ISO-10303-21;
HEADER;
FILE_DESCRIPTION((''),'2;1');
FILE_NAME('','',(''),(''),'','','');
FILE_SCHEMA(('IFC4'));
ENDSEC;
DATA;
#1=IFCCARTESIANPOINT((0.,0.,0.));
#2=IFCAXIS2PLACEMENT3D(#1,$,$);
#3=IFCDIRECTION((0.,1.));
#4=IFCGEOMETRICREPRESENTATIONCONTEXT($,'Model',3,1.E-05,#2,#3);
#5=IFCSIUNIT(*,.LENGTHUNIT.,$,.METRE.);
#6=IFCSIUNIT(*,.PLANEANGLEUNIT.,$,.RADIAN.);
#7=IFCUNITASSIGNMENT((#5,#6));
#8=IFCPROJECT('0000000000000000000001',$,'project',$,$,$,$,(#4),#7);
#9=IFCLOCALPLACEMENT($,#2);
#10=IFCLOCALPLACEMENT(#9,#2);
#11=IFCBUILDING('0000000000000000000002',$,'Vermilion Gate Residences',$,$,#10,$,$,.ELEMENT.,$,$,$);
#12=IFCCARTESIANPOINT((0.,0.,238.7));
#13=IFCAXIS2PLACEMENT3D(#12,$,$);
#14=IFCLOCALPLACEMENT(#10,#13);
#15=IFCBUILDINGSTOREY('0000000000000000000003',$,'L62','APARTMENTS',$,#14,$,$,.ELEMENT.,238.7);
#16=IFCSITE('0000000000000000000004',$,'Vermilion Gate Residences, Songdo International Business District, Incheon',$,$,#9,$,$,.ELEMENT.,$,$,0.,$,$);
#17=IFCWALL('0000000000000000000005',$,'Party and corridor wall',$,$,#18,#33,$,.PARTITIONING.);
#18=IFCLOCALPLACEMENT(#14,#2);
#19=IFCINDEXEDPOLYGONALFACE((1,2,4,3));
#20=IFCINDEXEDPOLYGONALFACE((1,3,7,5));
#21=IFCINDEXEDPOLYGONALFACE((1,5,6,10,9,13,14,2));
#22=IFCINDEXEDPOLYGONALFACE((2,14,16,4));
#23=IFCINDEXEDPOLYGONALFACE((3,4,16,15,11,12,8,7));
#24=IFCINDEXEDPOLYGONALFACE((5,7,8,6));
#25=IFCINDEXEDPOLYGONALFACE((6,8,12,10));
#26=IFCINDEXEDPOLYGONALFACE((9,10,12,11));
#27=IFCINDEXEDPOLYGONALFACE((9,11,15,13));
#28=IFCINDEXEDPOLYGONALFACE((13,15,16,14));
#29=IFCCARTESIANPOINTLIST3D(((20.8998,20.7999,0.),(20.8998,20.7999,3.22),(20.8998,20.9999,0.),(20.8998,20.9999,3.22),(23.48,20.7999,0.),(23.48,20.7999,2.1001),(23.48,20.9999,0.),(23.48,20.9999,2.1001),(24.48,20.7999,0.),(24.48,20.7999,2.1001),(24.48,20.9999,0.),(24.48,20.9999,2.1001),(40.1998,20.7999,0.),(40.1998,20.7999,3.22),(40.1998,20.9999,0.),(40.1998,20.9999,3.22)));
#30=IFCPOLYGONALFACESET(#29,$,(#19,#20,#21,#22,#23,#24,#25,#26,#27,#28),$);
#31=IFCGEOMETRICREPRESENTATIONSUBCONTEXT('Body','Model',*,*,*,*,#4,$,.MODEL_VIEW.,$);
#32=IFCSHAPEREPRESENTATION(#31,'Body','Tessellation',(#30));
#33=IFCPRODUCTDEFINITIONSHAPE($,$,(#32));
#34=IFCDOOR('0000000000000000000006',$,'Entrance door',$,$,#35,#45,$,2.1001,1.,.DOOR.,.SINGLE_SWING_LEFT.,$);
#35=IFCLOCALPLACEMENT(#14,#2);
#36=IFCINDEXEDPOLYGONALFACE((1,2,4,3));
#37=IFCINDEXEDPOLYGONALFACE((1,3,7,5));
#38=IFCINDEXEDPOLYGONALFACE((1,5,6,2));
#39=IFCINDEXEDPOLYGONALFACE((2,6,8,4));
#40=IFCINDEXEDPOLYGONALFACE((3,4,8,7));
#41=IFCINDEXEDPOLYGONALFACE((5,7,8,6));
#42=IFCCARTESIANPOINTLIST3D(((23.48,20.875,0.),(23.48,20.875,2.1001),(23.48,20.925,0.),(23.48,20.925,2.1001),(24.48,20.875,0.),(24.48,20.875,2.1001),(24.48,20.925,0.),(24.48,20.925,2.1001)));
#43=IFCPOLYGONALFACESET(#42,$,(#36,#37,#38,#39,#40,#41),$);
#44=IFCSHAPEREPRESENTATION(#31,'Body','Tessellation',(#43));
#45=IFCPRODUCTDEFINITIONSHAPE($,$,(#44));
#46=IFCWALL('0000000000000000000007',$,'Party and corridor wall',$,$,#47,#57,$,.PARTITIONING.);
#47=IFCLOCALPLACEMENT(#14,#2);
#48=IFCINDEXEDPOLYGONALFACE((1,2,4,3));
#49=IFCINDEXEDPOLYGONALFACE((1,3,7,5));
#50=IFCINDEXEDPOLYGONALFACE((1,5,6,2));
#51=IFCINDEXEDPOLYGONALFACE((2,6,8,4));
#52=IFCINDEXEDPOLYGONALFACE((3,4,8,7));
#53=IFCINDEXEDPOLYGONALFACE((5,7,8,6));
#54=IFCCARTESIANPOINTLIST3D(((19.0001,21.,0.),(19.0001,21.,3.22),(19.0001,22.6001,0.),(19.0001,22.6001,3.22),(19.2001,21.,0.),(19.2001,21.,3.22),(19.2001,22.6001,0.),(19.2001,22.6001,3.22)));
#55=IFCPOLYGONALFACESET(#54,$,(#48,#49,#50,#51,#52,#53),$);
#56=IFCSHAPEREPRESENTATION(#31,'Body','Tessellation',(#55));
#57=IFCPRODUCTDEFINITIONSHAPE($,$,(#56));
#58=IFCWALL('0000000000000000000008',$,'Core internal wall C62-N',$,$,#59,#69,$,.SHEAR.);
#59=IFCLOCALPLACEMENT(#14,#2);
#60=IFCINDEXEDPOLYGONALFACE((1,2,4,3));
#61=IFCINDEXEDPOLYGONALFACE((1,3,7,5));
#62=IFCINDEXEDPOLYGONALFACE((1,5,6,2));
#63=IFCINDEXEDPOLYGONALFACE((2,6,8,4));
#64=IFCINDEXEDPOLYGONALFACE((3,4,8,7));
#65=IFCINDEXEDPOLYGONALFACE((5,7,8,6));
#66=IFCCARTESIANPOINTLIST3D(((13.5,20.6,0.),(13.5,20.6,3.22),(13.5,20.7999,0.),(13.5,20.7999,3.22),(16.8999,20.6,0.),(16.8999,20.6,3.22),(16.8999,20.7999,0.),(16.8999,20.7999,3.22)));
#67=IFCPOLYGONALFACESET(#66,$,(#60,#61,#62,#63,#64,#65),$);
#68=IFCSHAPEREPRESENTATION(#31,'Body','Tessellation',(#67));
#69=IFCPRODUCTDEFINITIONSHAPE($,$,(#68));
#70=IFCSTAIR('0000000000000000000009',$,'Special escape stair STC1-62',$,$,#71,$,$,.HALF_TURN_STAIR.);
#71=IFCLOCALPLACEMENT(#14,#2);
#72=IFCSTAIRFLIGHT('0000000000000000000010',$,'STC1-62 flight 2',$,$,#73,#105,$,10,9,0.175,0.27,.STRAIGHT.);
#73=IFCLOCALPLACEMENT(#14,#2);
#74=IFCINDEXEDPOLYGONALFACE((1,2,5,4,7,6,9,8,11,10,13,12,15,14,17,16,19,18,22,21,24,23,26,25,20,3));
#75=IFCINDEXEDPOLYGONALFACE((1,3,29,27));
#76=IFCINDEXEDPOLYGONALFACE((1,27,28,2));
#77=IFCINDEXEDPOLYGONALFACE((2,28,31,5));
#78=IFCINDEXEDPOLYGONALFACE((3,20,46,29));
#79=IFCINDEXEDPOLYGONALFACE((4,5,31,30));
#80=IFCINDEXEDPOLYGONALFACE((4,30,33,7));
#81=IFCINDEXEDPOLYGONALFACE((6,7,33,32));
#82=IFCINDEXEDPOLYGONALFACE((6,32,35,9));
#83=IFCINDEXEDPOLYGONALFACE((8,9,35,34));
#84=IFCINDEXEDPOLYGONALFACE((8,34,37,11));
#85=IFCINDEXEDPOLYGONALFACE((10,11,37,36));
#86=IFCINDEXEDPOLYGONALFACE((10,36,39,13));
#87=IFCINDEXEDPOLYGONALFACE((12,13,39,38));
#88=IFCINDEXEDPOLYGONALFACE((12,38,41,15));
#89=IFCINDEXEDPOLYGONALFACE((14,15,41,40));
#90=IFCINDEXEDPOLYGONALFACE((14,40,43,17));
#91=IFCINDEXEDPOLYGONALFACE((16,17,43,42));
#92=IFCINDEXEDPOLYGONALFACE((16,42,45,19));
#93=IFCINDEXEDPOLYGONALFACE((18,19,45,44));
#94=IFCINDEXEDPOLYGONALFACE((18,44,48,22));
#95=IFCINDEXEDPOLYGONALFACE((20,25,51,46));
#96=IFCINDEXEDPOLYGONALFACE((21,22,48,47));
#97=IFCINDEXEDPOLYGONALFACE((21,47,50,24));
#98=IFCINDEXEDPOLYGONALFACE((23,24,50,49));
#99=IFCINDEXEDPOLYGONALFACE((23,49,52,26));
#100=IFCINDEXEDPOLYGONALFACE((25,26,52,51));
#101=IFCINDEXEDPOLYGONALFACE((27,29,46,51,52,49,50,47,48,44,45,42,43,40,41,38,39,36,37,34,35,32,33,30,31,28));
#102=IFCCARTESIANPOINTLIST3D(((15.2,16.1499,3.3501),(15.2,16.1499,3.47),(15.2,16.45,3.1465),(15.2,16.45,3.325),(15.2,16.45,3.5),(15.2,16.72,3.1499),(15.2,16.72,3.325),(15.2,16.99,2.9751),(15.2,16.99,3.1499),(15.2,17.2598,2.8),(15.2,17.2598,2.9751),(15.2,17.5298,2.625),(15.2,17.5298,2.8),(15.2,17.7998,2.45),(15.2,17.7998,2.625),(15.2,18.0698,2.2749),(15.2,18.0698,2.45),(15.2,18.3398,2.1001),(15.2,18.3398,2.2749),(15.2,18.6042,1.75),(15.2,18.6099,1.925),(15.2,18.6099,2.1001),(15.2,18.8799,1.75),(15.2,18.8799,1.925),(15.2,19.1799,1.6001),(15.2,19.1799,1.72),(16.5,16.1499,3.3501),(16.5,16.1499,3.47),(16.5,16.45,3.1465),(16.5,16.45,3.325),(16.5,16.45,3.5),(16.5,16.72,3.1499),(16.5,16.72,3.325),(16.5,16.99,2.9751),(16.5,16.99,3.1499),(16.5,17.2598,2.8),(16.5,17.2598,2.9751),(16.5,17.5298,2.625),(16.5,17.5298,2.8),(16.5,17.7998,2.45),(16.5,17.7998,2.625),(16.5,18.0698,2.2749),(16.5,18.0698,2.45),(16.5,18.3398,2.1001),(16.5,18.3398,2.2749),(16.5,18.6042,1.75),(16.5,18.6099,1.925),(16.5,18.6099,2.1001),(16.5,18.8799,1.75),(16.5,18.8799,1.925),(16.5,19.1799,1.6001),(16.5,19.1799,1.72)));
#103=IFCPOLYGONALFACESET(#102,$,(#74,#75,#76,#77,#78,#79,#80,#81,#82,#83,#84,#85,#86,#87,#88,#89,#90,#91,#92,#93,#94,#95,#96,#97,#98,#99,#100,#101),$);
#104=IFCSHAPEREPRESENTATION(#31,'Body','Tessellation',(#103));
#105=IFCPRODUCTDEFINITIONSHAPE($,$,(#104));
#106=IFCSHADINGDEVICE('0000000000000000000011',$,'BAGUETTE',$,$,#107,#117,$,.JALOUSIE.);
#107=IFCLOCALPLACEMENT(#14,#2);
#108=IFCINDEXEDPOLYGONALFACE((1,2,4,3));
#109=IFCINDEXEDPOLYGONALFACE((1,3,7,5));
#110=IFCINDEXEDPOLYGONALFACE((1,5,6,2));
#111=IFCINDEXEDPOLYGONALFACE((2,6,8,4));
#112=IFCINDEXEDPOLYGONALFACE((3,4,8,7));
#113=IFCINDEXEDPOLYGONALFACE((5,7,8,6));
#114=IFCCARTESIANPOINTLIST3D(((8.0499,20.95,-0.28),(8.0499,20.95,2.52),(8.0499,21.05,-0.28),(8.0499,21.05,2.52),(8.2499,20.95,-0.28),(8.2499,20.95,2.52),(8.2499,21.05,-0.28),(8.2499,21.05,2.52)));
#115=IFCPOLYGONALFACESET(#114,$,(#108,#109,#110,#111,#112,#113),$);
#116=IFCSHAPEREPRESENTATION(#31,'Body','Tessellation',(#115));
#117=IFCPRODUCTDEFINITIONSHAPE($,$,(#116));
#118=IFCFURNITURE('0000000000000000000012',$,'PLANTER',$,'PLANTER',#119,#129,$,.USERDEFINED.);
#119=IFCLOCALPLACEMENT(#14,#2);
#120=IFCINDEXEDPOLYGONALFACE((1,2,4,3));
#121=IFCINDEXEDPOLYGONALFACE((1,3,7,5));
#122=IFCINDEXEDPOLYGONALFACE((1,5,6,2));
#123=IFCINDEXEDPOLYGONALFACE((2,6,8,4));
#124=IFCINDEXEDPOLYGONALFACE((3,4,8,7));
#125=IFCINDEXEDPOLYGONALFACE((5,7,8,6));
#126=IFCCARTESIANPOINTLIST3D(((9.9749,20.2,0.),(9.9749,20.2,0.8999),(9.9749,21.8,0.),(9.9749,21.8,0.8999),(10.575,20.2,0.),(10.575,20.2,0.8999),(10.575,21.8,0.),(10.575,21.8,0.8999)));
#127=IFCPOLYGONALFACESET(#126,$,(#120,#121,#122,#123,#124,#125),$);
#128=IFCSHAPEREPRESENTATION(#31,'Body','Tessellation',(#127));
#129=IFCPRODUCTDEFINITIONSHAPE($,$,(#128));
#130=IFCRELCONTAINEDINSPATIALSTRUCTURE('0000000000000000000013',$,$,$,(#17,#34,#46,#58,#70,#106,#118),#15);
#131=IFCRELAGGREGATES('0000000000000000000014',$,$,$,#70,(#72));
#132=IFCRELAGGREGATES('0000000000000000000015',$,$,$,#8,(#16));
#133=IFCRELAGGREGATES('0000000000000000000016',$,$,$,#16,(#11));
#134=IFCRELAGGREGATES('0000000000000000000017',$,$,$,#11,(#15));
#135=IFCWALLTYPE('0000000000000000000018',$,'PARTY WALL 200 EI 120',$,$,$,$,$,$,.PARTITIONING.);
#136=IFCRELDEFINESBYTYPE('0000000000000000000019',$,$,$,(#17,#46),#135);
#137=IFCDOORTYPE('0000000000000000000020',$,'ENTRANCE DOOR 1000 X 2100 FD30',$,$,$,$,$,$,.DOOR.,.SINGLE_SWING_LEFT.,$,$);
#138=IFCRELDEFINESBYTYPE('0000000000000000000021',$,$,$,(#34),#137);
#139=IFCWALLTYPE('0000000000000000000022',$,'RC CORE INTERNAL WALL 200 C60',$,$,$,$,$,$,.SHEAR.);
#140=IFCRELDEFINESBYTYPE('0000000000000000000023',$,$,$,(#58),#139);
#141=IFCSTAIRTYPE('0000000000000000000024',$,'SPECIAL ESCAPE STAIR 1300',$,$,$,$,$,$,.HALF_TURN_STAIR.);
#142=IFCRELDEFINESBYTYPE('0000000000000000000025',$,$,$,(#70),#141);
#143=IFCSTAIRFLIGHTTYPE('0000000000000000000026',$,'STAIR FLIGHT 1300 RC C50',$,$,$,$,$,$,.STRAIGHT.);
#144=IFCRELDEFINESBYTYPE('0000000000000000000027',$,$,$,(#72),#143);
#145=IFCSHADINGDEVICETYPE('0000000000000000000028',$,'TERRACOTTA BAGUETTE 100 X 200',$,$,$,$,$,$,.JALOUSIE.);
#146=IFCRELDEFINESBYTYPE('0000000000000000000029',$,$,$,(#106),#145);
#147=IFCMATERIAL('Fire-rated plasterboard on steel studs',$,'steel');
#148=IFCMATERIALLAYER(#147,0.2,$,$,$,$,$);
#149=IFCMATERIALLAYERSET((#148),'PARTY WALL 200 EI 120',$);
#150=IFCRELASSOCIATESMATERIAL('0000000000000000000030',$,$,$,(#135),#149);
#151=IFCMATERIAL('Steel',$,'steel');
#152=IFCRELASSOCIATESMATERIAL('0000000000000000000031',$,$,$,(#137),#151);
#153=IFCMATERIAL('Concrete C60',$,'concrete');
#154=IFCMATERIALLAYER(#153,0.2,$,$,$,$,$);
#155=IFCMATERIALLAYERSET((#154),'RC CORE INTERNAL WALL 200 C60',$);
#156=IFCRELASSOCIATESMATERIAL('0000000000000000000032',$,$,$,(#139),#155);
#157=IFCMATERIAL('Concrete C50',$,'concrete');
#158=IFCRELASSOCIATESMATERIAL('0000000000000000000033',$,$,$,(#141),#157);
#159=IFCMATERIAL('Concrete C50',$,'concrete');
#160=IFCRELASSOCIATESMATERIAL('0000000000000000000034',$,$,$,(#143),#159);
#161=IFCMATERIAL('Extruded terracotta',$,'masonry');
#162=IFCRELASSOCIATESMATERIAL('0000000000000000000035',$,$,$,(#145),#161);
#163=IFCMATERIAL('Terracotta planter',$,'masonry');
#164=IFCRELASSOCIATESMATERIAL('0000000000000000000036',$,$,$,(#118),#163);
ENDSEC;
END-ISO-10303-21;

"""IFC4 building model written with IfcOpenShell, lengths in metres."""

from ifc_helpers import new_model, si_unit, direction, frame, frame_2d, origin, origin_2d, place, context, subcontext, project, spatial, polyline, rectangle, outline, extrude, material, layer, layer_set, material_profile, profile_set, type_object, element, fill, aggregate, save


model = new_model("IFC4")

# Units and contexts
model_context = context("Model", 3, precision=1e-05, world=origin(), true_north=direction((0.0, 1.0)))
body_context = subcontext(model_context, "Body", "Model", "MODEL_VIEW")
ifc_project = project(units=[si_unit("LENGTHUNIT", "METRE"), si_unit("PLANEANGLEUNIT", "RADIAN")], contexts=[model_context])

# Site, building, storey
site_placement = place(None, origin())
site = spatial("IfcSite", under=ifc_project, at=site_placement, Name="Vermilion Gate Residences, Songdo International Business District, Incheon", CompositionType="ELEMENT", RefElevation=0.0)
building_placement = place(site_placement, origin())
building = spatial("IfcBuilding", under=site, at=building_placement, Name="Vermilion Gate Residences", CompositionType="ELEMENT")
storey_placement = place(building_placement, frame((0.0, 0.0, 238.7)))
storey = spatial("IfcBuildingStorey", under=building, at=storey_placement, Name="L62", Description="APARTMENTS", CompositionType="ELEMENT", Elevation=238.7)

# Shared definitions
ifc_material_1 = material(Name="Fire-rated plasterboard on steel studs", Category="steel")
ifc_layer_1 = layer(ifc_material_1, 0.2)
ifc_layer_set_1 = layer_set([ifc_layer_1], Name="PARTY WALL 200 EI 120")
wall_type_1 = type_object("IfcWallType", Name="PARTY WALL 200 EI 120", PredefinedType="PARTITIONING", material=ifc_layer_set_1)

# Wall, opening, door
wall_1_placement = place(storey_placement, frame((20.8999, 20.8999, 0.0), z_axis=(0.0, 0.0, 1.0), x_axis=(1.0, 0.0, 0.0)))
wall_1 = element("IfcWall", 1, at=wall_1_placement, inside=storey, type_object=wall_type_1, Name="Party and corridor wall", PredefinedType="PARTITIONING", context=body_context, shape_type="SweptSolid", body=[
    extrude(rectangle(XDim=19.3, YDim=0.2, at=frame_2d((9.6499, 0.0))), origin(), (0.0, 0.0, 1.0), 3.22),
])
opening_1_placement = place(wall_1_placement, frame((2.5801, 0.0, 0.0)))
opening_1 = element("IfcOpeningElement", 2, at=opening_1_placement, cuts=wall_1, PredefinedType="OPENING", context=body_context, shape_type="SweptSolid", body=[
    extrude(rectangle(XDim=1.0, YDim=2.1001, at=frame_2d((0.5, 1.05))), frame((0.0, 0.1099, 0.0), z_axis=(0.0, -1.0, 0.0), x_axis=(1.0, 0.0, 0.0)), (0.0, 0.0, 1.0), 0.22),
])
ifc_material_2 = material(Name="Steel", Category="steel")
door_type_1 = type_object("IfcDoorType", Name="ENTRANCE DOOR 1000 X 2100 FD30", OperationType="SINGLE_SWING_LEFT", PredefinedType="DOOR", material=ifc_material_2)
door_1_placement = place(opening_1_placement, frame((1.0, 0.0, 0.0), z_axis=(0.0, 0.0, 1.0), x_axis=(-1.0, 0.0, 0.0)))
door_1 = element("IfcDoor", 3, at=door_1_placement, inside=storey, type_object=door_type_1, Name="Entrance door", OperationType="SINGLE_SWING_LEFT", OverallHeight=2.1001, OverallWidth=1.0, PredefinedType="DOOR", context=body_context, shape_type="SweptSolid", body=[
    extrude(rectangle(XDim=1.0, YDim=2.1001, at=frame_2d((0.5, 1.05))), frame((0.0, 0.0249, 0.0), z_axis=(0.0, -1.0, 0.0), x_axis=(1.0, 0.0, 0.0)), (0.0, 0.0, 1.0), 0.05),
])
fill(opening_1, door_1)

# Walls
wall_2_placement = place(storey_placement, frame((19.1001, 21.0, 0.0), z_axis=(0.0, 0.0, 1.0), x_axis=(0.0, 1.0, 0.0)))
element("IfcWall", 4, at=wall_2_placement, inside=storey, type_object=wall_type_1, Name="Party and corridor wall", PredefinedType="PARTITIONING", context=body_context, shape_type="SweptSolid", body=[
    extrude(rectangle(XDim=1.6001, YDim=0.2, at=frame_2d((0.8, 0.0))), origin(), (0.0, 0.0, 1.0), 3.22),
])
ifc_material_3 = material(Name="Concrete C60", Category="concrete")
ifc_layer_2 = layer(ifc_material_3, 0.2)
ifc_layer_set_2 = layer_set([ifc_layer_2], Name="RC CORE INTERNAL WALL 200 C60")
wall_type_2 = type_object("IfcWallType", Name="RC CORE INTERNAL WALL 200 C60", PredefinedType="SHEAR", material=ifc_layer_set_2)
wall_3_placement = place(storey_placement, frame((13.5, 20.7, 0.0), z_axis=(0.0, 0.0, 1.0), x_axis=(1.0, 0.0, 0.0)))
element("IfcWall", 5, at=wall_3_placement, inside=storey, type_object=wall_type_2, Name="Core internal wall C62-N", PredefinedType="SHEAR", context=body_context, shape_type="SweptSolid", body=[
    extrude(rectangle(XDim=3.3999, YDim=0.2, at=frame_2d((1.7, 0.0))), origin(), (0.0, 0.0, 1.0), 3.22),
])

# Stair, stair flight
ifc_material_4 = material(Name="Concrete C50", Category="concrete")
stair_type = type_object("IfcStairType", Name="SPECIAL ESCAPE STAIR 1300", PredefinedType="HALF_TURN_STAIR", material=ifc_material_4)
stair_placement = place(storey_placement, origin())
stair = element("IfcStair", 6, at=stair_placement, inside=storey, type_object=stair_type, Name="Special escape stair STC1-62", PredefinedType="HALF_TURN_STAIR")
ifc_material_5 = material(Name="Concrete C50", Category="concrete")
stair_flight_type = type_object("IfcStairFlightType", Name="STAIR FLIGHT 1300 RC C50", PredefinedType="STRAIGHT", material=ifc_material_5)
stair_flight_placement = place(storey_placement, frame((15.8501, 18.8799, 1.75), z_axis=(0.0, 0.0, 1.0), x_axis=(0.0, -1.0, 0.0)))
stair_flight = element("IfcStairFlight", 7, at=stair_flight_placement, type_object=stair_flight_type, Name="STC1-62 flight 2", NumberOfRisers=10, NumberOfTreads=9, PredefinedType="STRAIGHT", RiserHeight=0.175, TreadLength=0.27, context=body_context, shape_type="SweptSolid", body=[
    extrude(outline(polyline([(-0.3, -0.1499), (-0.3, -0.03), (0.0, 0.0), (0.0, 0.175), (0.27, 0.175), (0.27, 0.3501), (0.54, 0.3501), (0.54, 0.5249), (0.8101, 0.5249), (0.8101, 0.7), (1.0801, 0.7), (1.0801, 0.875), (1.3501, 0.875), (1.3501, 1.05), (1.6201, 1.05), (1.6201, 1.2251), (1.8899, 1.2251), (1.8899, 1.3999), (2.1599, 1.3999), (2.1599, 1.575), (2.4299, 1.575), (2.4299, 1.75), (2.73, 1.72), (2.73, 1.6001), (2.4299, 1.3965), (0.2756, 0.0), (-0.3, -0.1499)])), frame((0.0, 0.6499, 0.0), z_axis=(0.0, -1.0, 0.0), x_axis=(1.0, 0.0, 0.0)), (0.0, 0.0, 1.0), 1.3),
])
aggregate(stair, [stair_flight])

# Shading device
ifc_material_6 = material(Name="Extruded terracotta", Category="masonry")
ifc_material_profile_1 = material_profile(ifc_material_6, rectangle(XDim=0.2, YDim=0.1001, at=origin_2d()), Name="BAGUETTE 100 X 200")
ifc_profile_set_1 = profile_set([ifc_material_profile_1], Name="Extruded terracotta")
shading_device_type = type_object("IfcShadingDeviceType", Name="TERRACOTTA BAGUETTE 100 X 200", PredefinedType="JALOUSIE", material=ifc_profile_set_1)
shading_device_placement = place(storey_placement, frame((8.1499, 21.0, -0.28), z_axis=(0.0, 0.0, 1.0), x_axis=(1.0, 0.0, 0.0)))
element("IfcShadingDevice", 8, at=shading_device_placement, inside=storey, type_object=shading_device_type, Name="BAGUETTE", PredefinedType="JALOUSIE", context=body_context, shape_type="SweptSolid", body=[
    extrude(rectangle(XDim=0.2, YDim=0.1001, at=origin_2d()), origin(), (0.0, 0.0, 1.0), 2.8),
])

# Furniture
ifc_material_7 = material(Name="Terracotta planter", Category="masonry")
furniture_placement = place(storey_placement, frame((10.2749, 21.0, 0.0), z_axis=(0.0, 0.0, 1.0), x_axis=(0.0, -1.0, 0.0)))
element("IfcFurniture", 9, at=furniture_placement, inside=storey, material=ifc_material_7, Name="PLANTER", ObjectType="PLANTER", PredefinedType="USERDEFINED", context=body_context, shape_type="SweptSolid", body=[
    extrude(rectangle(XDim=1.6001, YDim=0.6001, at=origin_2d()), origin(), (0.0, 0.0, 1.0), 0.8999),
])

save(model, "model.ifc")
